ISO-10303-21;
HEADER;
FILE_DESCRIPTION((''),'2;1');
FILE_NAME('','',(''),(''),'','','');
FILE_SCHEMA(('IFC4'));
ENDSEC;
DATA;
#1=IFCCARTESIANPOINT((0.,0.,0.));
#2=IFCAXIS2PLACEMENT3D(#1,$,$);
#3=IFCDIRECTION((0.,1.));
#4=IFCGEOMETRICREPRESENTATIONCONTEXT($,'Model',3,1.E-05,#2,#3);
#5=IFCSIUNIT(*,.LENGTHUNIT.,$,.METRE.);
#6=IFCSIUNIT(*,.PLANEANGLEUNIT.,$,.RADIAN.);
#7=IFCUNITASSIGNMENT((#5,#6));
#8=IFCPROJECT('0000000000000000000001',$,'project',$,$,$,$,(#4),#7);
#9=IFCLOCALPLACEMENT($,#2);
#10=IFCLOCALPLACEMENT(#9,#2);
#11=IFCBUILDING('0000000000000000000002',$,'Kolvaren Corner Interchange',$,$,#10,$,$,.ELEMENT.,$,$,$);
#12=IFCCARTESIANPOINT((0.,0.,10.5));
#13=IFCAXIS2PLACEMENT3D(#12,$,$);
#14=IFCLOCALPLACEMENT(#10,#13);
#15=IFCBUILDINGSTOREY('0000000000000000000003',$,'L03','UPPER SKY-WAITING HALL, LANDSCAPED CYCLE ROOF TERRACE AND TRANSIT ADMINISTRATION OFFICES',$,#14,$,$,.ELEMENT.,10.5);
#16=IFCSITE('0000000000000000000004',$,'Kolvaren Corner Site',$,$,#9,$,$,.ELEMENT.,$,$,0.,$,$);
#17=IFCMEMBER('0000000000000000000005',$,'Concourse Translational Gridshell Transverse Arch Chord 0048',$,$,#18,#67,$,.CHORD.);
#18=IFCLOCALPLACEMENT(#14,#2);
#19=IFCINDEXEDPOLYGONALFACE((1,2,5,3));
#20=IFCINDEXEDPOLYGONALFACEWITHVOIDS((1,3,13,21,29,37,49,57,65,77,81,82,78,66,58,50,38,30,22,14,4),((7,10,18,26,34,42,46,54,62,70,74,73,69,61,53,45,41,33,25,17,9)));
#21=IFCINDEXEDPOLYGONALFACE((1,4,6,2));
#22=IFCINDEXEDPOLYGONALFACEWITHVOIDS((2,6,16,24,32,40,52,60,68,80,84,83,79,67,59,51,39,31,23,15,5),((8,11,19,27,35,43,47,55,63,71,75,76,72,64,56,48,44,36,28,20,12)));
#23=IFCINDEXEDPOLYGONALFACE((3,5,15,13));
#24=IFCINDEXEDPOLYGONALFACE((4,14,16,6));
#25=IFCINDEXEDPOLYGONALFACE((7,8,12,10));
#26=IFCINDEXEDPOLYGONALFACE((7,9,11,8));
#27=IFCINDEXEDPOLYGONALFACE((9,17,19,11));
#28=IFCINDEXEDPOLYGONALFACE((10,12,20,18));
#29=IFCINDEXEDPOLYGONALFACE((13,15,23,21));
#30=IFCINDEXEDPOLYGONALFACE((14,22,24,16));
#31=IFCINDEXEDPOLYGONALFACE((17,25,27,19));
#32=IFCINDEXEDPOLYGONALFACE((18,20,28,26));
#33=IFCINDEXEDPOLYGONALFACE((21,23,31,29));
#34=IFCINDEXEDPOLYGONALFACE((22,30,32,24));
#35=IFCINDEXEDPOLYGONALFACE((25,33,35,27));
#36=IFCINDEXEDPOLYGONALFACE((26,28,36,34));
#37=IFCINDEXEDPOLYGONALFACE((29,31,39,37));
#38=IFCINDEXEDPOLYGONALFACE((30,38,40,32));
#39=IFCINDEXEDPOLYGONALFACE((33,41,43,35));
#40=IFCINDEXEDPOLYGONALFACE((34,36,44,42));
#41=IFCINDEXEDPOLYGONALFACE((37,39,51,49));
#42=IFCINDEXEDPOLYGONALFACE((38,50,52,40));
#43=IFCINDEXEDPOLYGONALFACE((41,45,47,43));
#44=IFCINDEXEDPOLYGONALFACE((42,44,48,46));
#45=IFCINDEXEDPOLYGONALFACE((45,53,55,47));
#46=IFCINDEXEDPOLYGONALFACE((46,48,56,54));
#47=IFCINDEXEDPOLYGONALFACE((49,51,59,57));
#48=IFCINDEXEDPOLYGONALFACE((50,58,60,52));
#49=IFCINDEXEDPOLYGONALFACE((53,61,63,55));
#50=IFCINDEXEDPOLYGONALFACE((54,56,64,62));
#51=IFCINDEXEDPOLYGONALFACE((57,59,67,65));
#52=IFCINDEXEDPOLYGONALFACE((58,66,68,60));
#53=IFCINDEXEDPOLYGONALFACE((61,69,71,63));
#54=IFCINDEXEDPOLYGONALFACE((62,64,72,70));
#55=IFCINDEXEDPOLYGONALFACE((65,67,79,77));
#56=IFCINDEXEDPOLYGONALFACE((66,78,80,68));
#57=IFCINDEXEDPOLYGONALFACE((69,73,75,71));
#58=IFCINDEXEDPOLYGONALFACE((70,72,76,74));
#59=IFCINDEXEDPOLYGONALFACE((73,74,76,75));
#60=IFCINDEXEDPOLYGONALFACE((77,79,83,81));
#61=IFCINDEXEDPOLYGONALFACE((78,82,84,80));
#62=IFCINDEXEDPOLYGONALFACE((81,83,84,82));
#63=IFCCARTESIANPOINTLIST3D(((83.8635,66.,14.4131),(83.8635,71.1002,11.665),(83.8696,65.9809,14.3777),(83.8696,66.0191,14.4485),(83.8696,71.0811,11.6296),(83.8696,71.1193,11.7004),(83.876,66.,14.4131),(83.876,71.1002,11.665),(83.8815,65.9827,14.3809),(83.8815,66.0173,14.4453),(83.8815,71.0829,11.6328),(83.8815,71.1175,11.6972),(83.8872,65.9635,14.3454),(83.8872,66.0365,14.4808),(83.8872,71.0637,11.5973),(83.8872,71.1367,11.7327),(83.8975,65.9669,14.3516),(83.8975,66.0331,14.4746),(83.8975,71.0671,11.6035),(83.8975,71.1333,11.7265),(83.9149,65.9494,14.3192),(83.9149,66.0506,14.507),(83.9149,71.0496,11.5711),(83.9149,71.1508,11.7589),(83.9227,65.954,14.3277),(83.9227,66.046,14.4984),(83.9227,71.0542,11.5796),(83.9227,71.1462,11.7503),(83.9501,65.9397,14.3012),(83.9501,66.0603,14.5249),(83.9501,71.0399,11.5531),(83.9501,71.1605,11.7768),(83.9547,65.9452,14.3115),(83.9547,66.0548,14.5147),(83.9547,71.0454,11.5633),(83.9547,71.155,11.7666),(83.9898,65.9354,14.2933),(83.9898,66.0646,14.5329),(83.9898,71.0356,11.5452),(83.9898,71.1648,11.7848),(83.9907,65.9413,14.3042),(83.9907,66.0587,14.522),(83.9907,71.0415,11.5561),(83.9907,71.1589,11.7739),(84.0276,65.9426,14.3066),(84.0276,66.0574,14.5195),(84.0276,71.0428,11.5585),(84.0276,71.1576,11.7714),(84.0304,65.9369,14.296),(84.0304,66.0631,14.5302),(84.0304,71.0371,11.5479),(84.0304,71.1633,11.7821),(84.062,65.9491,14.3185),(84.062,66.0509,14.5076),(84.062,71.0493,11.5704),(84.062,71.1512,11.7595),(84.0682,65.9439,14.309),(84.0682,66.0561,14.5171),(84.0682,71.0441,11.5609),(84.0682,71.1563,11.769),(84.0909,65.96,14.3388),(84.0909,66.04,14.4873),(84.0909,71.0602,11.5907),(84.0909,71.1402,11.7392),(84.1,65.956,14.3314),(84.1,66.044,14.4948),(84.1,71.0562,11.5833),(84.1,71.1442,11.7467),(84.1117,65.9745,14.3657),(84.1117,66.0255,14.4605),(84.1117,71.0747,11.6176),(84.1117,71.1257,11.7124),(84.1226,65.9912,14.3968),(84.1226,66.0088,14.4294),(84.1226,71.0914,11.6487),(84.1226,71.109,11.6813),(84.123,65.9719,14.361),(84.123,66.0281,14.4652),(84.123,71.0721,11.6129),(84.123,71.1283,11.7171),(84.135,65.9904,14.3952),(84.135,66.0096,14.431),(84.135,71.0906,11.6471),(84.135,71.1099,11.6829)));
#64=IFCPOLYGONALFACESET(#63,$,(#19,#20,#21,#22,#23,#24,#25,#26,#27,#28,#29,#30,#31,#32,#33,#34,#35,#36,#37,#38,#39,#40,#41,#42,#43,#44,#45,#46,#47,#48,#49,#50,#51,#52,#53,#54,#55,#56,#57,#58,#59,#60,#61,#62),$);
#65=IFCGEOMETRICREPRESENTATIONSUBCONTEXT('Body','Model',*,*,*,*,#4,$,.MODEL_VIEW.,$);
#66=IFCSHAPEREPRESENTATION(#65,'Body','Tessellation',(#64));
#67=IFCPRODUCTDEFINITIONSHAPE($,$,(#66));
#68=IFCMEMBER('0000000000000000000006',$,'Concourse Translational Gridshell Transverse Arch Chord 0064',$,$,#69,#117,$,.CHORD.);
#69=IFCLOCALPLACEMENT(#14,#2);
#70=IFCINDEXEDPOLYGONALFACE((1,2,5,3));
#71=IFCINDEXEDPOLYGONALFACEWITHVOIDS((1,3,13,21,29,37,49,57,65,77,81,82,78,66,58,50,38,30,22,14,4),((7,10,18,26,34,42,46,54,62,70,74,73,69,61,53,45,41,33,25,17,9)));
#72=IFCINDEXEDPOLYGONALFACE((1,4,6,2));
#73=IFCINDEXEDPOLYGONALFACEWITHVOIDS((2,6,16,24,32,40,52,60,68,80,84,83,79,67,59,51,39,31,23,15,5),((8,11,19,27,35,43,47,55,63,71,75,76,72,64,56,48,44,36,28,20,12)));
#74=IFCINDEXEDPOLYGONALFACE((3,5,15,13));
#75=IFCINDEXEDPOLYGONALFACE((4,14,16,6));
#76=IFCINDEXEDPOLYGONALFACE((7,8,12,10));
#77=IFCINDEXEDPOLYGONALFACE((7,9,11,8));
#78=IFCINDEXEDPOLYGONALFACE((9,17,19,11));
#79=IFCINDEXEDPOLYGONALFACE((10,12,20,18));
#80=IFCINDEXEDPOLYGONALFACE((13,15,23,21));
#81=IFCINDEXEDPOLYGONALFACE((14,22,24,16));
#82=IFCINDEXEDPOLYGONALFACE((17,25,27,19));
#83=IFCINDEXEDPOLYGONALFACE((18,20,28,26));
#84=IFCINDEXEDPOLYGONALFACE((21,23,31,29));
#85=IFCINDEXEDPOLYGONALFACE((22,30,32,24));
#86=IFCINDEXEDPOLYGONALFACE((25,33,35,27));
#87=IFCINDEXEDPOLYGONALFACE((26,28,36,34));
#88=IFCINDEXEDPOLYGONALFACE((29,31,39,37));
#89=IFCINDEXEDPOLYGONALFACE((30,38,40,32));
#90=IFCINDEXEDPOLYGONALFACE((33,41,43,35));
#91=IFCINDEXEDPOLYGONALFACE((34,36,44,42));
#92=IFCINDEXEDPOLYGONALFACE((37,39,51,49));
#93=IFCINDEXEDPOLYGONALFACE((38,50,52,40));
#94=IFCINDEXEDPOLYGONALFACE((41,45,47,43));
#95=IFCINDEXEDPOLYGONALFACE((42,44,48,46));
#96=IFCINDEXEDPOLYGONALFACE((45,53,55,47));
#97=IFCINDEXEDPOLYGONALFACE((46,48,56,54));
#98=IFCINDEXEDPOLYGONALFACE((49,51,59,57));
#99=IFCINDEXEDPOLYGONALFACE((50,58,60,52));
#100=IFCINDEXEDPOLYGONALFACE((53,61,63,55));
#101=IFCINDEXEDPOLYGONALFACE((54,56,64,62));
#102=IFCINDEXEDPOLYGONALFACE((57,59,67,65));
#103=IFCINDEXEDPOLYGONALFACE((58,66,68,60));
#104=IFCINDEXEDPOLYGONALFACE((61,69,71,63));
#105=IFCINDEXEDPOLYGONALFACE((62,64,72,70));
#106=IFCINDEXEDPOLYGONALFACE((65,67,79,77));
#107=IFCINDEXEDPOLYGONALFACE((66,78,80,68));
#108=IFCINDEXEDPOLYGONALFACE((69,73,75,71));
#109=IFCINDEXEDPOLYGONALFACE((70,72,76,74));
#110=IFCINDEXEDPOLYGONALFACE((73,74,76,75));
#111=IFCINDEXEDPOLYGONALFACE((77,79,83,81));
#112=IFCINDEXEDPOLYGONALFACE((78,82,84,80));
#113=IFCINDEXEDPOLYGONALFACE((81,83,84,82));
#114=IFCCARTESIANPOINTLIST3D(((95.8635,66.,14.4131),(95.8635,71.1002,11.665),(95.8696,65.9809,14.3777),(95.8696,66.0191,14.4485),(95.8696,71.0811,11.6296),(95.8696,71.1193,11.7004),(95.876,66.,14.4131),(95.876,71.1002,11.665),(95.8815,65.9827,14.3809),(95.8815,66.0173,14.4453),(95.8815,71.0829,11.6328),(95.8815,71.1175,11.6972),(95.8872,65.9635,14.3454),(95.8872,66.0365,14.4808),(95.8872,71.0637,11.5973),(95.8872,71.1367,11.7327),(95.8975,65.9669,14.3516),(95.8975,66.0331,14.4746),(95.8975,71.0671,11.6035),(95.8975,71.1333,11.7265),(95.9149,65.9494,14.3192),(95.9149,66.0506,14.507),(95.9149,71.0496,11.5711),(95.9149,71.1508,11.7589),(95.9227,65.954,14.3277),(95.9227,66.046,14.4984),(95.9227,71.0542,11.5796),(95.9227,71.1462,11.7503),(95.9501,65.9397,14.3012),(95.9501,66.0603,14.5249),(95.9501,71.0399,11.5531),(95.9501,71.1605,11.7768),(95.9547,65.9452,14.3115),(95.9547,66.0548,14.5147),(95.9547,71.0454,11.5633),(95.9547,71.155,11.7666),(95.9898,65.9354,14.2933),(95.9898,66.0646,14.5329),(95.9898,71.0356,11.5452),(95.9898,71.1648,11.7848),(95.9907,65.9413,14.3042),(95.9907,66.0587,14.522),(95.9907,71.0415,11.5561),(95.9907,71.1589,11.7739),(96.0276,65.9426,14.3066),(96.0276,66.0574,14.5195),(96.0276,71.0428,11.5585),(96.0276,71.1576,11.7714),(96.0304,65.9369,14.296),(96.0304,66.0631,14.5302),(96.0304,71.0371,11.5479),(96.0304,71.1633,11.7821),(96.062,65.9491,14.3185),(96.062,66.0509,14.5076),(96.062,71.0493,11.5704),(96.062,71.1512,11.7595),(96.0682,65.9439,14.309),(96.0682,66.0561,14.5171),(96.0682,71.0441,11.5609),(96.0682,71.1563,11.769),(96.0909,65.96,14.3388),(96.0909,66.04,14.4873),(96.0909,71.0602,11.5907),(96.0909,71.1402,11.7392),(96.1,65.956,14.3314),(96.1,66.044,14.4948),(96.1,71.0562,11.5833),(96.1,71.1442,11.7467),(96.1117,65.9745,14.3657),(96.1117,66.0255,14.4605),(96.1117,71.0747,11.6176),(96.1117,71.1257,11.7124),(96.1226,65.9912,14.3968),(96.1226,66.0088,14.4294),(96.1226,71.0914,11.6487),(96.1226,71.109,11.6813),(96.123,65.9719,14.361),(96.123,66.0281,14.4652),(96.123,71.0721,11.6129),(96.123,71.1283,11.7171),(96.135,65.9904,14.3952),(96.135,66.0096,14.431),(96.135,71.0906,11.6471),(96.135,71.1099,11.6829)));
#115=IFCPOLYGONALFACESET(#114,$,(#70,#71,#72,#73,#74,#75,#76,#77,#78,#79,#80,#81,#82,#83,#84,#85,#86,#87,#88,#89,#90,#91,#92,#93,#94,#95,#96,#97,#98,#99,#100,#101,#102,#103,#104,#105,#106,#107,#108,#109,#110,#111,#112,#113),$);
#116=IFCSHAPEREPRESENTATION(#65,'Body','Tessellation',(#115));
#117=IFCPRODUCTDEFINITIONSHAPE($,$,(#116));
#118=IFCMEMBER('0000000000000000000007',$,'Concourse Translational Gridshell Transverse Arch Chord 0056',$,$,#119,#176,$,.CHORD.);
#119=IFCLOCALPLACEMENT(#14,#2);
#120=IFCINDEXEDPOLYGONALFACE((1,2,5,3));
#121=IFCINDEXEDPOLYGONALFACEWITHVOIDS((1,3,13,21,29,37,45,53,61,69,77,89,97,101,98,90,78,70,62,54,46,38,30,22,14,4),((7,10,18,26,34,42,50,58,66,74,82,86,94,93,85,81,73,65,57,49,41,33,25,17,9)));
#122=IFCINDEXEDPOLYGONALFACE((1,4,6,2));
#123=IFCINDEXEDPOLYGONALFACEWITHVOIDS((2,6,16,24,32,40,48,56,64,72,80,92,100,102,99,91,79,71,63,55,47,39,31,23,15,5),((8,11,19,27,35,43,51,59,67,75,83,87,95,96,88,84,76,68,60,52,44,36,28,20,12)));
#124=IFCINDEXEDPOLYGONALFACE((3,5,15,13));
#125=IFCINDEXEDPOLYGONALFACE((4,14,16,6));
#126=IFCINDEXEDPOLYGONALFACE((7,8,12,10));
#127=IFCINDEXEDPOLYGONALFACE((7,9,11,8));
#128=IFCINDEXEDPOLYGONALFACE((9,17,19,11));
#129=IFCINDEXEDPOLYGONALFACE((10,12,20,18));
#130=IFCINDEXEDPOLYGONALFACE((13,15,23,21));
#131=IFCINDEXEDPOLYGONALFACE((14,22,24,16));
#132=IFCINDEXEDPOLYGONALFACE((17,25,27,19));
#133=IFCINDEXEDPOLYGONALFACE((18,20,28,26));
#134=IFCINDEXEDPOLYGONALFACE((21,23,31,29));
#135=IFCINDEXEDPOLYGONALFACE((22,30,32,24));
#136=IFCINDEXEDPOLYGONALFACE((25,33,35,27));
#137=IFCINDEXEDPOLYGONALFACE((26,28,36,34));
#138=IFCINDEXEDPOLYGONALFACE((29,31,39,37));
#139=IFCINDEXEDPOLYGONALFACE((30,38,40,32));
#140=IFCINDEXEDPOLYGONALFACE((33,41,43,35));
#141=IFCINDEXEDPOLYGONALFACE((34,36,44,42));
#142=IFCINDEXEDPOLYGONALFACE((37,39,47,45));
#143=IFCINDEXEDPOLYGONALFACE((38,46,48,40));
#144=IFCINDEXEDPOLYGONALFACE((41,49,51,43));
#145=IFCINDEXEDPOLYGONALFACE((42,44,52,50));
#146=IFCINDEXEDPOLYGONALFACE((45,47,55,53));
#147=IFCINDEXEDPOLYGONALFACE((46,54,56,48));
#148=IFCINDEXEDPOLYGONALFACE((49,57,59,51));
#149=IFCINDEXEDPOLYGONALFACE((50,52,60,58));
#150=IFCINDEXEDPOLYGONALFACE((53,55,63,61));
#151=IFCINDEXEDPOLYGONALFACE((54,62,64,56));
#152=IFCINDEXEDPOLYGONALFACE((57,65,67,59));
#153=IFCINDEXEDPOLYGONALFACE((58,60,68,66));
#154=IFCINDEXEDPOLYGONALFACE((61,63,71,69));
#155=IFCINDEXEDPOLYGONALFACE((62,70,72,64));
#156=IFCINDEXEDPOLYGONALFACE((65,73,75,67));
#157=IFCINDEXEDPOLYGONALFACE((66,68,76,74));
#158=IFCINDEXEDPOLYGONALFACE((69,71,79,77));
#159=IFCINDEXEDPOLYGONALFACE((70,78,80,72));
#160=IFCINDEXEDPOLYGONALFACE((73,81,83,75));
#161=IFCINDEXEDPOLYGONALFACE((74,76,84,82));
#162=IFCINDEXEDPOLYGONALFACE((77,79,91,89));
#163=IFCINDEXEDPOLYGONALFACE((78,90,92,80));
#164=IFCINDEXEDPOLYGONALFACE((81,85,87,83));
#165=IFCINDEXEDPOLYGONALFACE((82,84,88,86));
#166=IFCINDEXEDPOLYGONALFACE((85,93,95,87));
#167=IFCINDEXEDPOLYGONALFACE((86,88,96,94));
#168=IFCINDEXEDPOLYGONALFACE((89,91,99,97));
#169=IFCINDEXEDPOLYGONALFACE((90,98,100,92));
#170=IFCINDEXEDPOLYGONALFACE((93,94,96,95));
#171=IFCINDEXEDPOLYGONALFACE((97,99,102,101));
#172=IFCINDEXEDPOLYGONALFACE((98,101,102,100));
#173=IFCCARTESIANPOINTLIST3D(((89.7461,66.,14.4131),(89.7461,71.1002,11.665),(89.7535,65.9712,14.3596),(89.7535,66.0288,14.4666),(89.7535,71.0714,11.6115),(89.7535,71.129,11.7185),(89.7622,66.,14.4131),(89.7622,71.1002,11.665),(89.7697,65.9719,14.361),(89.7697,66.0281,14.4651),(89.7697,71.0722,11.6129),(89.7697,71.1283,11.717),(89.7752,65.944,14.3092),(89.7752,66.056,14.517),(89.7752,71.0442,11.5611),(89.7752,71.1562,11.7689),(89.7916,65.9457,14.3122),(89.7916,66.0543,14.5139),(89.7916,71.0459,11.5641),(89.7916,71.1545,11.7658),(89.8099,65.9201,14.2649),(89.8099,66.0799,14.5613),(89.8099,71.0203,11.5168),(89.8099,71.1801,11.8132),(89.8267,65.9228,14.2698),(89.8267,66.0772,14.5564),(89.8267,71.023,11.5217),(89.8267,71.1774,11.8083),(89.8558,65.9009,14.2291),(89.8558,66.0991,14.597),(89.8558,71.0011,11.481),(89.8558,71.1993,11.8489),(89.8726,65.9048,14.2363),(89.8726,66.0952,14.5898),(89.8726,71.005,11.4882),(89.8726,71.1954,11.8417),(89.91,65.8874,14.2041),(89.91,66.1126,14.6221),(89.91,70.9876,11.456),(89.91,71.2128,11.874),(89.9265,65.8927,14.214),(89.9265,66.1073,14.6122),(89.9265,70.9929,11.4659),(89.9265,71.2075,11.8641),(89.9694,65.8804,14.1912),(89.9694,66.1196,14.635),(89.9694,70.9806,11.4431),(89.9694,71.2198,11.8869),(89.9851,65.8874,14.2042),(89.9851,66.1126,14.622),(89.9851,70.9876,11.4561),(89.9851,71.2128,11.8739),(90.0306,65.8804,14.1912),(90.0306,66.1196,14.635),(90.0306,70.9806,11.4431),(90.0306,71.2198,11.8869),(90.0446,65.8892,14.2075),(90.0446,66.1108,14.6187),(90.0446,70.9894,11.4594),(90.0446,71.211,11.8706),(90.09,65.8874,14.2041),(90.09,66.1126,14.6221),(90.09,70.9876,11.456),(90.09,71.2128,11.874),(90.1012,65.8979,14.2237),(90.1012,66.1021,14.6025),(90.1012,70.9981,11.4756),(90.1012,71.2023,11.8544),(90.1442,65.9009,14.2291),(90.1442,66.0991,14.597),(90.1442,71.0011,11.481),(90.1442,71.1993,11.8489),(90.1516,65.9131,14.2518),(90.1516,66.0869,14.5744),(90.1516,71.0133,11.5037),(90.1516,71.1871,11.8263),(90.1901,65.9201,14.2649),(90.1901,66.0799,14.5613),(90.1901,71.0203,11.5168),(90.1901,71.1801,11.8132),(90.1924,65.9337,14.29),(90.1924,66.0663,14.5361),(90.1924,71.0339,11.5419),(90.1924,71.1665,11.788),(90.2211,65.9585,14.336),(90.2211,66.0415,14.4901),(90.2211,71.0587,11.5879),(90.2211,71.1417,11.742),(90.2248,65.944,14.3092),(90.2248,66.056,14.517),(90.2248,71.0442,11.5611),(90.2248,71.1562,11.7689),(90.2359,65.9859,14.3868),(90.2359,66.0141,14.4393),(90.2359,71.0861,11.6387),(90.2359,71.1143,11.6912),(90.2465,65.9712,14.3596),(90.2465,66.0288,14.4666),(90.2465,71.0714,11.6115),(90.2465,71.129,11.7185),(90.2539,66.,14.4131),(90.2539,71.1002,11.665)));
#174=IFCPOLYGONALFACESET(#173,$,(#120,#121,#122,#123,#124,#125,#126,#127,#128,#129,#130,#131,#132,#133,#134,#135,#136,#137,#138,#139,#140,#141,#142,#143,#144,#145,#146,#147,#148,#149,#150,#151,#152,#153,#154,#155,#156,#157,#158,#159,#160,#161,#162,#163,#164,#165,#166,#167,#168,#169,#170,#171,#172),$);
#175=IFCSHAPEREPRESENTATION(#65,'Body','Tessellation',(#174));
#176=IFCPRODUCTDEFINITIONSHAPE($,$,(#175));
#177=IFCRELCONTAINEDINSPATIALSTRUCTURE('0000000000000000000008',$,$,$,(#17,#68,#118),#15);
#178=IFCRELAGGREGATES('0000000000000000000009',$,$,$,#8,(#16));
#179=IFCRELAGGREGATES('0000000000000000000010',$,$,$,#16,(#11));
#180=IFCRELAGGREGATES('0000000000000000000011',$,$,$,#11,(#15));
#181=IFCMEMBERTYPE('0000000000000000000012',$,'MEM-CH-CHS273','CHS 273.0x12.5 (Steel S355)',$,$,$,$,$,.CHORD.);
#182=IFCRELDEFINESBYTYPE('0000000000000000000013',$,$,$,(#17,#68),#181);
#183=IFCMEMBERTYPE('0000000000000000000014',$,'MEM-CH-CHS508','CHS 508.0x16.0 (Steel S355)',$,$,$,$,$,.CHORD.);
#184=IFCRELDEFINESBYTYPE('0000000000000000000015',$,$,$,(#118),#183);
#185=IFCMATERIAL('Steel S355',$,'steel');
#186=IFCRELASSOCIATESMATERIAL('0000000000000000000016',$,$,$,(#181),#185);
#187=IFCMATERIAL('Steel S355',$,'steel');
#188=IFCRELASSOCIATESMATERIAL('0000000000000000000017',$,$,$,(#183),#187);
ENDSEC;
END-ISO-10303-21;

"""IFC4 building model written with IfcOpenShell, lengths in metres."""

from ifc_helpers import new_model, si_unit, direction, frame, origin, origin_2d, place, context, subcontext, project, spatial, hollow_circle, extrude, material, material_profile, profile_set, type_object, element, save


model = new_model("IFC4")

# Units and contexts
model_context = context("Model", 3, precision=1e-05, world=origin(), true_north=direction((0.0, 1.0)))
body_context = subcontext(model_context, "Body", "Model", "MODEL_VIEW")
ifc_project = project(units=[si_unit("LENGTHUNIT", "METRE"), si_unit("PLANEANGLEUNIT", "RADIAN")], contexts=[model_context])

# Site, building, storey
site_placement = place(None, origin())
site = spatial("IfcSite", under=ifc_project, at=site_placement, Name="Kolvaren Corner Site", CompositionType="ELEMENT", RefElevation=0.0)
building_placement = place(site_placement, origin())
building = spatial("IfcBuilding", under=site, at=building_placement, Name="Kolvaren Corner Interchange", CompositionType="ELEMENT")
storey_placement = place(building_placement, frame((0.0, 0.0, 10.5)))
storey = spatial("IfcBuildingStorey", under=building, at=storey_placement, Name="L03", Description="UPPER SKY-WAITING HALL, LANDSCAPED CYCLE ROOF TERRACE AND TRANSIT ADMINISTRATION OFFICES", CompositionType="ELEMENT", Elevation=10.5)

# Members
ifc_material_1 = material(Name="Steel S355", Category="steel")
ifc_material_profile_1 = material_profile(ifc_material_1, hollow_circle(Radius=0.1365, WallThickness=0.0125, at=origin_2d()), Name="CHS 273.0x12.5")
ifc_profile_set_1 = profile_set([ifc_material_profile_1], Name="Steel S355")
member_type_1 = type_object("IfcMemberType", Name="MEM-CH-CHS273", Description="CHS 273.0x12.5 (Steel S355)", PredefinedType="CHORD", material=ifc_profile_set_1)
for number, where, z_axis, x_axis, name in (
    (1, (84.0, 66.0, 14.4131), (0.0, 0.880338, -0.474346), (-1.0, 0.0, 0.0), "Concourse Translational Gridshell Transverse Arch Chord 0048"),
    (2, (96.0, 66.0, 14.4131), (0.0, 0.880338, -0.474346), (-1.0, 0.0, 0.0), "Concourse Translational Gridshell Transverse Arch Chord 0064"),
):
    element("IfcMember", number, at=place(storey_placement, frame(where, z_axis=z_axis, x_axis=x_axis)), inside=storey, type_object=member_type_1, Name=name, PredefinedType="CHORD", context=body_context, shape_type="SweptSolid", body=[
        extrude(hollow_circle(Radius=0.1365, WallThickness=0.0125, at=origin_2d()), origin(), (0.0, 0.0, 1.0), 5.7935),
    ])
ifc_material_2 = material(Name="Steel S355", Category="steel")
ifc_material_profile_2 = material_profile(ifc_material_2, hollow_circle(Radius=0.2539, WallThickness=0.0161, at=origin_2d()), Name="CHS 508.0x16.0")
ifc_profile_set_2 = profile_set([ifc_material_profile_2], Name="Steel S355")
member_type_2 = type_object("IfcMemberType", Name="MEM-CH-CHS508", Description="CHS 508.0x16.0 (Steel S355)", PredefinedType="CHORD", material=ifc_profile_set_2)
member_placement = place(storey_placement, frame((90.0, 66.0, 14.4131), z_axis=(0.0, 0.880338, -0.474346), x_axis=(-1.0, 0.0, 0.0)))
element("IfcMember", 3, at=member_placement, inside=storey, type_object=member_type_2, Name="Concourse Translational Gridshell Transverse Arch Chord 0056", PredefinedType="CHORD", context=body_context, shape_type="SweptSolid", body=[
    extrude(hollow_circle(Radius=0.2539, WallThickness=0.0161, at=origin_2d()), origin(), (0.0, 0.0, 1.0), 5.7935),
])

save(model, "model.ifc")
